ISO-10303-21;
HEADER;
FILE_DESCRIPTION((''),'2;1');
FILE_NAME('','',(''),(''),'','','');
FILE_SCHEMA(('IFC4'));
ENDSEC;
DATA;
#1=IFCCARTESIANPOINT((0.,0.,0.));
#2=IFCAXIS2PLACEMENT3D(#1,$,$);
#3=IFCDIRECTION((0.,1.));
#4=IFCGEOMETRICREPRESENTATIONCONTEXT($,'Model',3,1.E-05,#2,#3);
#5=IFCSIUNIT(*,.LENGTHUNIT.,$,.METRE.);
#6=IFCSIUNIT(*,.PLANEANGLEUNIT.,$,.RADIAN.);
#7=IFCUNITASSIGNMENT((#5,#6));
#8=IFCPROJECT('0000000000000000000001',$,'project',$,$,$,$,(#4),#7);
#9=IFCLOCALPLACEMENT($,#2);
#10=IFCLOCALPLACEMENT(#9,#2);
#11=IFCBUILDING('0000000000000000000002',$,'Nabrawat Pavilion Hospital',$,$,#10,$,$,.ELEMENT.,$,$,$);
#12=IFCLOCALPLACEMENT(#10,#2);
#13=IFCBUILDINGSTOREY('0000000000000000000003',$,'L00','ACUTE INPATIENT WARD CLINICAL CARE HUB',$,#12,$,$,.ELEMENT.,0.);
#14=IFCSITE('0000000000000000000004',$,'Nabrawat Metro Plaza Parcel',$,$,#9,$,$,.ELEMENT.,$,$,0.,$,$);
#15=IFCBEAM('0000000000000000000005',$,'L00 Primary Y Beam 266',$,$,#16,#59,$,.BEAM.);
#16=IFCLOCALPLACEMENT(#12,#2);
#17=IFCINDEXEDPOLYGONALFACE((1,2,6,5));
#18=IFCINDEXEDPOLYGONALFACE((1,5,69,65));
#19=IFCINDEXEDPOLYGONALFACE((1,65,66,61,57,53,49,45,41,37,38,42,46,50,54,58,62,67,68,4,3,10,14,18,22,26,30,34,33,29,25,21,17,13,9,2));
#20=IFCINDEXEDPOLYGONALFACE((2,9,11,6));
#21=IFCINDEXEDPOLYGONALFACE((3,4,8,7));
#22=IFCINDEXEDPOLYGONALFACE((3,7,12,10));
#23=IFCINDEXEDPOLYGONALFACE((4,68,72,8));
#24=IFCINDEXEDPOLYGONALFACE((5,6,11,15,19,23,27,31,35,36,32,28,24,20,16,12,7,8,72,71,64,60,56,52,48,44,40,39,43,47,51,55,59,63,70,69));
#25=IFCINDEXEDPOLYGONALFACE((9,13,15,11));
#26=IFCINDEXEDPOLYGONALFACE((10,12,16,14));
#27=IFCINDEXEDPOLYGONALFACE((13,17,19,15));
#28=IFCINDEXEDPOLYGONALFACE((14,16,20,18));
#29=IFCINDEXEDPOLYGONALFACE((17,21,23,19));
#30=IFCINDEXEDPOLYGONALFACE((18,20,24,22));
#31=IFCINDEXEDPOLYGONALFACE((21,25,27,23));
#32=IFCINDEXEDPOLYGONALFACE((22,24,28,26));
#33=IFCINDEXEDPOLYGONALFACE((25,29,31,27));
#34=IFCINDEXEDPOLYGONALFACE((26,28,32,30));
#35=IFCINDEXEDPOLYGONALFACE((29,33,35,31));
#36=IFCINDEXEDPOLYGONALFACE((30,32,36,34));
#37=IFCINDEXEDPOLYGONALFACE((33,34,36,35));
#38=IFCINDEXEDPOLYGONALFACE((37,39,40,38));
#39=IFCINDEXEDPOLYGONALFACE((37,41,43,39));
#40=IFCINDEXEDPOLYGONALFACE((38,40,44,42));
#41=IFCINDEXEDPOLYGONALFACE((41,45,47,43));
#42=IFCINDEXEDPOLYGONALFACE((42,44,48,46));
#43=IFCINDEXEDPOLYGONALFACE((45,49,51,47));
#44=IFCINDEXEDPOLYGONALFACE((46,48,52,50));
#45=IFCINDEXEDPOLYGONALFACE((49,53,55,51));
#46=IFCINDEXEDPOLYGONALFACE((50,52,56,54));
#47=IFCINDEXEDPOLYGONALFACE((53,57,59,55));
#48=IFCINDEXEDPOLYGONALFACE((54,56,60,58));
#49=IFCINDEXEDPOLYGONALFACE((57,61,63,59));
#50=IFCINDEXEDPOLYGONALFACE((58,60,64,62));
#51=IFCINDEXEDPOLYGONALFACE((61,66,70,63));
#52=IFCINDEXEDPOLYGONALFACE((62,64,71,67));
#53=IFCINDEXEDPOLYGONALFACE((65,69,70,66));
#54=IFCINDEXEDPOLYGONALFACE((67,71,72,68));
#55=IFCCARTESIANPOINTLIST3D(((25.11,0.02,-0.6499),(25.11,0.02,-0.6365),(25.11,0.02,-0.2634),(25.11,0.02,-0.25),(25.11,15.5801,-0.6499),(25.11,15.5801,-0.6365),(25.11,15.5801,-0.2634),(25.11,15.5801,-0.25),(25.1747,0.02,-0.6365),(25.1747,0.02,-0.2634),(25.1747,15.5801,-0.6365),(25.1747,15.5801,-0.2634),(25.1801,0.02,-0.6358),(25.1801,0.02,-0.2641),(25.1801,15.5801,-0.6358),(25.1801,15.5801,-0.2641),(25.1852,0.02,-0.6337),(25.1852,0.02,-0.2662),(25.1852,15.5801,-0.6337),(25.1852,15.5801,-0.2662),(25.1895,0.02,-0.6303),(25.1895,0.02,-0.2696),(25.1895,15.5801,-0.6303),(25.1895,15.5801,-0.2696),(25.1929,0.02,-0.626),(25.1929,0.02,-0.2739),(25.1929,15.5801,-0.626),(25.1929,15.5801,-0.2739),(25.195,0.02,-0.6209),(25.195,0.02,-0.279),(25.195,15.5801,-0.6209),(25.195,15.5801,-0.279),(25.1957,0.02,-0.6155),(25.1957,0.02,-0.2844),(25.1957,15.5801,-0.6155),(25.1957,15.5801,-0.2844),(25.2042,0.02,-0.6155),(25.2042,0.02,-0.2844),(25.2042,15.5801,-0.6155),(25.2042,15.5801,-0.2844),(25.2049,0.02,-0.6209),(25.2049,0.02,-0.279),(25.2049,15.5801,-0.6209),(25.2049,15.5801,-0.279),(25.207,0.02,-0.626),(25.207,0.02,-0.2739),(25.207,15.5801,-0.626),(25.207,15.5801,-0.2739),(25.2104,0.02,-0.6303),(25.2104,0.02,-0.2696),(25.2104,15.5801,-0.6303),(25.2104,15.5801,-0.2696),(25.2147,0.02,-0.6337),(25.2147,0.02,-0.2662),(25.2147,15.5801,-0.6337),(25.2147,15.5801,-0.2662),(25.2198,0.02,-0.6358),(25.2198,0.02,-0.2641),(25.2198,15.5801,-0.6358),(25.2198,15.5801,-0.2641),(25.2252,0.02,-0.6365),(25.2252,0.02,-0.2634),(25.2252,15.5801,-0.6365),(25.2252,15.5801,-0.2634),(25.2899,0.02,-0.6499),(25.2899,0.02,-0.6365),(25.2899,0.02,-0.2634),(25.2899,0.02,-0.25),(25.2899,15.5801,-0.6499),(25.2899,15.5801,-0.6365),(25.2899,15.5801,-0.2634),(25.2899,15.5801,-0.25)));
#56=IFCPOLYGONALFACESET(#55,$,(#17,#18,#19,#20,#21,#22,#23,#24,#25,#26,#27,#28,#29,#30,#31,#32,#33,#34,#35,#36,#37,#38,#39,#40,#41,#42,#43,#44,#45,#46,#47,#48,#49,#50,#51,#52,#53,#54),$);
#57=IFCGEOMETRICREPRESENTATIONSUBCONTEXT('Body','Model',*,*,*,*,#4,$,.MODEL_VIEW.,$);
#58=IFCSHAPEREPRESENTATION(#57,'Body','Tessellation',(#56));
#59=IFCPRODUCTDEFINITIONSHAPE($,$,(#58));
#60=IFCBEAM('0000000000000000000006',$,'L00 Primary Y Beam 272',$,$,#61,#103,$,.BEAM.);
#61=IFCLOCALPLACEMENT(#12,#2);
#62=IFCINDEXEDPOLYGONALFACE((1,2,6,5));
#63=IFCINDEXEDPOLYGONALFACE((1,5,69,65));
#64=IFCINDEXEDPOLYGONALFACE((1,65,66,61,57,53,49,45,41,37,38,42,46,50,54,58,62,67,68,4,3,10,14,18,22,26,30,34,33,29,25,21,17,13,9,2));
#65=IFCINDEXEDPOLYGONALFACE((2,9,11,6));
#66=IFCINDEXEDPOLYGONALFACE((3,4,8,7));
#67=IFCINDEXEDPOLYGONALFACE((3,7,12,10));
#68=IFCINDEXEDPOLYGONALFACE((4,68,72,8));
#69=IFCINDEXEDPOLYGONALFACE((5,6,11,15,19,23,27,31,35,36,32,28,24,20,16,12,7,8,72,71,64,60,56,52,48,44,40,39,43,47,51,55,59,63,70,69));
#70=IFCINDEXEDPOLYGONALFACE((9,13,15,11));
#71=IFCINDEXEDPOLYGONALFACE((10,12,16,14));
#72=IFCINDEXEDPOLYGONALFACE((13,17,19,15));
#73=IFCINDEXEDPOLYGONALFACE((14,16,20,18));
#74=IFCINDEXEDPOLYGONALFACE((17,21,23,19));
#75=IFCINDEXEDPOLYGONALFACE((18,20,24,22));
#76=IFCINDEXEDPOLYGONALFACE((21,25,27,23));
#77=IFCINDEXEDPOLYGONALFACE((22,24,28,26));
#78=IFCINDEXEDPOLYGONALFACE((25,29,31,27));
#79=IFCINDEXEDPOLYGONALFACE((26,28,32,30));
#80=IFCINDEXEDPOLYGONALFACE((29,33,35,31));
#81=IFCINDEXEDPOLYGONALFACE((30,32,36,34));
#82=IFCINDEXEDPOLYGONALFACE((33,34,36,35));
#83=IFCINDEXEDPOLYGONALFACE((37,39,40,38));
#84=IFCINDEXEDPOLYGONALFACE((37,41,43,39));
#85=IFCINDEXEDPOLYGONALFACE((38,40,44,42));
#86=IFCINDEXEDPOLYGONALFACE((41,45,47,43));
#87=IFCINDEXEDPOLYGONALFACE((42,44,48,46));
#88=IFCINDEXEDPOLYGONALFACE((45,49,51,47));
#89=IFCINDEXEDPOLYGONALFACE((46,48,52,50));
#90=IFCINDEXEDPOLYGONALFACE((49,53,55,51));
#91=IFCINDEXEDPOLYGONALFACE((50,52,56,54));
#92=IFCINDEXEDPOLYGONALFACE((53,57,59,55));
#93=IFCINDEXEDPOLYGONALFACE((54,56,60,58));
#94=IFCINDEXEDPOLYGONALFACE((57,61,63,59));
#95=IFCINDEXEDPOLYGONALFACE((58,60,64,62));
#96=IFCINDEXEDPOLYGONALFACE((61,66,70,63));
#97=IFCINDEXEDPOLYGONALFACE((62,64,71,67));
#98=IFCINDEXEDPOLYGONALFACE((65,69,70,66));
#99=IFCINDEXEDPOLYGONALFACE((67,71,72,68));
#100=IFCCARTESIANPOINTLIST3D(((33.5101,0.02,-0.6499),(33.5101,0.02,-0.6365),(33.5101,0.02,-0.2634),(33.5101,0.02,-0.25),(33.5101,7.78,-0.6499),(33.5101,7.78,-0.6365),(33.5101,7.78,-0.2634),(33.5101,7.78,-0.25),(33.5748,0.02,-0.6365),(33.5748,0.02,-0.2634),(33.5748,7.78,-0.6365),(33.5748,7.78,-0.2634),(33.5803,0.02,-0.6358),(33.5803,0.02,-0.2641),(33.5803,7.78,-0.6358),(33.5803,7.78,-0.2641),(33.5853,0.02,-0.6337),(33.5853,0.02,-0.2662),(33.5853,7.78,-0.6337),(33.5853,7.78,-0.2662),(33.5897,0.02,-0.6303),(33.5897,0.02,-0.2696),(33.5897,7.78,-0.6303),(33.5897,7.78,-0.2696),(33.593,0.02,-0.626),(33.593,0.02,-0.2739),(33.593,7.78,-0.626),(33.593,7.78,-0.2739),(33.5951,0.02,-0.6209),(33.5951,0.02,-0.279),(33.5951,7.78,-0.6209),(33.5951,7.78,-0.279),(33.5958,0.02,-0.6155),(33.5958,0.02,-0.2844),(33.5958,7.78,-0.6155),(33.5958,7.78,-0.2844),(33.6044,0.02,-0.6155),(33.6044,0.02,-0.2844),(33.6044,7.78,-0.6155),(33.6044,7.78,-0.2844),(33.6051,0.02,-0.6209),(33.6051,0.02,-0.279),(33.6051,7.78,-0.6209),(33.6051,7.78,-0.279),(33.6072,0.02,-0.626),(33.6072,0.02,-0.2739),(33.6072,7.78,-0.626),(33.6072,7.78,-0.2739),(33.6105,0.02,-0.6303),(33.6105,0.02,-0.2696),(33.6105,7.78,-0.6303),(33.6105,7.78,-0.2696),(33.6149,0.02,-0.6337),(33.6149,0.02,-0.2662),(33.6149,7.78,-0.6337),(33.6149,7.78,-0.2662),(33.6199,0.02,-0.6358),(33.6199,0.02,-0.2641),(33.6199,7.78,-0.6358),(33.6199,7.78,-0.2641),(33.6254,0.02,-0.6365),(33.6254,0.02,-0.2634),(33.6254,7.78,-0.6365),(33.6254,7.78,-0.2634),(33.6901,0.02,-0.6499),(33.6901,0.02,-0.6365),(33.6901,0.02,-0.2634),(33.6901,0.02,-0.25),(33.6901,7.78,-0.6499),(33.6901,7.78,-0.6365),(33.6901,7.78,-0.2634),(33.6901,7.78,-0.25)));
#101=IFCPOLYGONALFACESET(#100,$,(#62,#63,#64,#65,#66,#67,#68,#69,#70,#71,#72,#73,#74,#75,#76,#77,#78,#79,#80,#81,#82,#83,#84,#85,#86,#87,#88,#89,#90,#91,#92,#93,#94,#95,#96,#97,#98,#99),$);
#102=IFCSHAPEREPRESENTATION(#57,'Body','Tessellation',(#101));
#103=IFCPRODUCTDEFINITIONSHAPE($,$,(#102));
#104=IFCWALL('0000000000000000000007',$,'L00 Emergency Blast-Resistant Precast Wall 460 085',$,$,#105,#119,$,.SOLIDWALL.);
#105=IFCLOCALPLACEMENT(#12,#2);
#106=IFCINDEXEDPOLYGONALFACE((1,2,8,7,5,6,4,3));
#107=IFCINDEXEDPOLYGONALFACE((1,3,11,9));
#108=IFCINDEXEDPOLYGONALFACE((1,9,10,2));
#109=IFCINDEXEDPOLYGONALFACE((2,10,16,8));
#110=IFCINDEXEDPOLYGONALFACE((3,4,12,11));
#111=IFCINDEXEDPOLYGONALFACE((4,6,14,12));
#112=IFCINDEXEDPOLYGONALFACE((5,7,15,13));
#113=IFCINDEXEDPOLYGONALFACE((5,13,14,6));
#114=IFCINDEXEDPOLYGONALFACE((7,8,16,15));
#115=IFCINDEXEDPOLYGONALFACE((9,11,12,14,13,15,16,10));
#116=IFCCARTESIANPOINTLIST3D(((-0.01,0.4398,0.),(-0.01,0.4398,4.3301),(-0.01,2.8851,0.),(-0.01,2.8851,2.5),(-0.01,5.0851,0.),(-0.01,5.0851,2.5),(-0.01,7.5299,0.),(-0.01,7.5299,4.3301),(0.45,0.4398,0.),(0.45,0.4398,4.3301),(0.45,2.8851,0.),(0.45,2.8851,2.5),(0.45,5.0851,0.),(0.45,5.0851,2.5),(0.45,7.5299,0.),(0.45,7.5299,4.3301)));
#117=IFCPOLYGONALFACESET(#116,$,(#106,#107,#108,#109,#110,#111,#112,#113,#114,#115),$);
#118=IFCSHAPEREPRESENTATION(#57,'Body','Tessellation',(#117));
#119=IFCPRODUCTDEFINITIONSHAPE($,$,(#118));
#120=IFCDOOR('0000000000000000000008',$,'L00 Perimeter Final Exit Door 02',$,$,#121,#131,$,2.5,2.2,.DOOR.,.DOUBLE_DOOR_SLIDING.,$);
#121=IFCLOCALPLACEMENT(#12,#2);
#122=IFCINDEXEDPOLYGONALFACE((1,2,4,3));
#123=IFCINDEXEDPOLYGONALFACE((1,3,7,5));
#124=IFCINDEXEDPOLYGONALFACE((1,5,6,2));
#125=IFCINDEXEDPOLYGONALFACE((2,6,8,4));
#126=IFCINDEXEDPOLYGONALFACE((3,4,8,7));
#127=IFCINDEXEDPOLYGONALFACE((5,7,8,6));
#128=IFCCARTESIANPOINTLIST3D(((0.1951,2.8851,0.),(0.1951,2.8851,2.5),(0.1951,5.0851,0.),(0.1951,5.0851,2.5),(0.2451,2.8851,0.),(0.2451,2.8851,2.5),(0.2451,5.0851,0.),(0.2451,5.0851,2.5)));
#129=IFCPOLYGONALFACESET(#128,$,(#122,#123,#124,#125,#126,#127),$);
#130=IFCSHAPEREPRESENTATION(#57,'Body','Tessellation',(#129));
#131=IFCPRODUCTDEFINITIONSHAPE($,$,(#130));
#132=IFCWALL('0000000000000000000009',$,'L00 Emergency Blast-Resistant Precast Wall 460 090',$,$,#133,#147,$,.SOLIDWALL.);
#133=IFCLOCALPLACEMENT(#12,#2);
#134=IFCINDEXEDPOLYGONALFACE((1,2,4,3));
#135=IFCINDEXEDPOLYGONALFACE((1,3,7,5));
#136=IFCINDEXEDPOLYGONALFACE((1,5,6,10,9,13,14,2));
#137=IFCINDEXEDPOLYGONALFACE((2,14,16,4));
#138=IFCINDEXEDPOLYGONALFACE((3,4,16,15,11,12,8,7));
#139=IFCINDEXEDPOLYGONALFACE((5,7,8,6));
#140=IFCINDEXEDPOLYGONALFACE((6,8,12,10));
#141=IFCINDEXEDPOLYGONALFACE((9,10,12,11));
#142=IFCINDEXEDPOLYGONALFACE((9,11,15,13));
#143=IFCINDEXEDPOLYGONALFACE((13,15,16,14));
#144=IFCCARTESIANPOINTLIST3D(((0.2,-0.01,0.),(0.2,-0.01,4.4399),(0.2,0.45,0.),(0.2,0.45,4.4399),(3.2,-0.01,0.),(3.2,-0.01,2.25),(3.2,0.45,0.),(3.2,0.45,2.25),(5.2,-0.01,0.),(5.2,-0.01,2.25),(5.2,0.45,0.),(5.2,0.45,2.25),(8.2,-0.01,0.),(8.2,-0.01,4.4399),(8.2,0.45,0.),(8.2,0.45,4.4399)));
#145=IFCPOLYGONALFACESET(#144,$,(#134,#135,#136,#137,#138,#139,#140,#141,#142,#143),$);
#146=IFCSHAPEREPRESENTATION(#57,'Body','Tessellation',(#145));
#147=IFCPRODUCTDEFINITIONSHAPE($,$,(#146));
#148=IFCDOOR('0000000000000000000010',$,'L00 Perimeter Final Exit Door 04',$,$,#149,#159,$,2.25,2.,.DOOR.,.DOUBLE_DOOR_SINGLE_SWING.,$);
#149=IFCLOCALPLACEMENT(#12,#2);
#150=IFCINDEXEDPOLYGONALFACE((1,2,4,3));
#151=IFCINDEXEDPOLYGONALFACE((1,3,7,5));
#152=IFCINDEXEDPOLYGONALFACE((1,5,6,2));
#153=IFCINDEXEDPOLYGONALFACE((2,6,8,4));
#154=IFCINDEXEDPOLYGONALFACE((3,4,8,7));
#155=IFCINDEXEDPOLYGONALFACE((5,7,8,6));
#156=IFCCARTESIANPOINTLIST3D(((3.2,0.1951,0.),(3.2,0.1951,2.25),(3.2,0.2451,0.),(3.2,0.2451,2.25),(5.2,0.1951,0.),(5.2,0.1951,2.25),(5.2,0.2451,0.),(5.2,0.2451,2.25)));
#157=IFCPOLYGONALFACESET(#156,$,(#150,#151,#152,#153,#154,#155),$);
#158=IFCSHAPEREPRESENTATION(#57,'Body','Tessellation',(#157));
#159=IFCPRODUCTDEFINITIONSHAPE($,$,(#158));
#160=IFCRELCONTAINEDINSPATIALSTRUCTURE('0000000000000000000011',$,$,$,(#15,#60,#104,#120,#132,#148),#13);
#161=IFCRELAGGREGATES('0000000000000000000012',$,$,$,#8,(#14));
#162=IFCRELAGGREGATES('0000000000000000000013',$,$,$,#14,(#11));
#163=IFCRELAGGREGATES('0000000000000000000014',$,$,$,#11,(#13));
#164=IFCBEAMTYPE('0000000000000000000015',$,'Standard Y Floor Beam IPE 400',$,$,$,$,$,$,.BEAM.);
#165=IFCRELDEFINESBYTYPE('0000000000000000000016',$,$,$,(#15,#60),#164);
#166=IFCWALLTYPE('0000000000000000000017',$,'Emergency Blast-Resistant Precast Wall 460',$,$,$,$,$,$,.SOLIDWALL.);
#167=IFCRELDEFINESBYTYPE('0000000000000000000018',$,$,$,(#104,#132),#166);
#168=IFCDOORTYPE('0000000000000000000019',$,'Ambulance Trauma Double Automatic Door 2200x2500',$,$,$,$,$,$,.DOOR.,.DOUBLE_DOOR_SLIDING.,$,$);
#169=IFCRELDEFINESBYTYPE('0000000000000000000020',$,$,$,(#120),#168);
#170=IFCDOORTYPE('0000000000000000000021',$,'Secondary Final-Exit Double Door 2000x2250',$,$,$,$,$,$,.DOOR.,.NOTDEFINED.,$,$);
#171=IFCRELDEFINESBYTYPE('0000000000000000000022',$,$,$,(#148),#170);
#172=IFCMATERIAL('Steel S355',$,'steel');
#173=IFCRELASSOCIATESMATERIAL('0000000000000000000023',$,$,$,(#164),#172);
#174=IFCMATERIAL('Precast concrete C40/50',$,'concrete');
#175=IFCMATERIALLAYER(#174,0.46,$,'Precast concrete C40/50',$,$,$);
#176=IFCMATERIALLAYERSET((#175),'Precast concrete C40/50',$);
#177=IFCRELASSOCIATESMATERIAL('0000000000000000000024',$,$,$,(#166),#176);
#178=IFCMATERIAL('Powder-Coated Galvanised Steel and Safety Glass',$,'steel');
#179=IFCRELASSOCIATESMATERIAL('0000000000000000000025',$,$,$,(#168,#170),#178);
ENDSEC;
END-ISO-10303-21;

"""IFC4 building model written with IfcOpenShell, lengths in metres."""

from ifc_helpers import new_model, si_unit, direction, frame, frame_2d, origin, origin_2d, place, context, subcontext, project, spatial, rectangle, i_section, extrude, material, layer, layer_set, material_profile, profile_set, type_object, element, fill, save


model = new_model("IFC4")

# Units and contexts
model_context = context("Model", 3, precision=1e-05, world=origin(), true_north=direction((0.0, 1.0)))
body_context = subcontext(model_context, "Body", "Model", "MODEL_VIEW")
ifc_project = project(units=[si_unit("LENGTHUNIT", "METRE"), si_unit("PLANEANGLEUNIT", "RADIAN")], contexts=[model_context])

# Site, building, storey
site_placement = place(None, origin())
site = spatial("IfcSite", under=ifc_project, at=site_placement, Name="Nabrawat Metro Plaza Parcel", CompositionType="ELEMENT", RefElevation=0.0)
building_placement = place(site_placement, origin())
building = spatial("IfcBuilding", under=site, at=building_placement, Name="Nabrawat Pavilion Hospital", CompositionType="ELEMENT")
storey_placement = place(building_placement, origin())
storey = spatial("IfcBuildingStorey", under=building, at=storey_placement, Name="L00", Description="ACUTE INPATIENT WARD CLINICAL CARE HUB", CompositionType="ELEMENT", Elevation=0.0)

# Shared definitions
ifc_material_1 = material(Name="Steel S355", Category="steel")
ifc_material_2 = material(Name="Precast concrete C40/50", Category="concrete")

# Beams
ifc_material_profile_1 = material_profile(ifc_material_1, i_section(OverallWidth=0.1799, OverallDepth=0.3999, WebThickness=0.0085, FlangeThickness=0.0134, FilletRadius=0.021, at=origin_2d()), Name="IPE 400")
ifc_profile_set_1 = profile_set([ifc_material_profile_1], Name="Steel S355")
beam_type_1 = type_object("IfcBeamType", Name="Standard Y Floor Beam IPE 400", PredefinedType="BEAM", material=ifc_profile_set_1)
beam_1_placement = place(storey_placement, frame((25.2, 0.02, -0.45), z_axis=(0.0, 1.0, 0.0), x_axis=(-1.0, 0.0, 0.0)))
element("IfcBeam", 1, at=beam_1_placement, inside=storey, type_object=beam_type_1, Name="L00 Primary Y Beam 266", PredefinedType="BEAM", context=body_context, shape_type="SweptSolid", body=[
    extrude(i_section(OverallWidth=0.1799, OverallDepth=0.3999, WebThickness=0.0085, FlangeThickness=0.0134, FilletRadius=0.021, at=origin_2d()), origin(), (0.0, 0.0, 1.0), 15.5601),
])
beam_2_placement = place(storey_placement, frame((33.6001, 0.02, -0.45), z_axis=(0.0, 1.0, 0.0), x_axis=(-1.0, 0.0, 0.0)))
element("IfcBeam", 2, at=beam_2_placement, inside=storey, type_object=beam_type_1, Name="L00 Primary Y Beam 272", PredefinedType="BEAM", context=body_context, shape_type="SweptSolid", body=[
    extrude(i_section(OverallWidth=0.1799, OverallDepth=0.3999, WebThickness=0.0085, FlangeThickness=0.0134, FilletRadius=0.021, at=origin_2d()), origin(), (0.0, 0.0, 1.0), 7.76),
])

# Walls, openings, doors
ifc_layer_1 = layer(ifc_material_2, 0.46, Name="Precast concrete C40/50")
ifc_layer_set_1 = layer_set([ifc_layer_1], Name="Precast concrete C40/50")
wall_type_1 = type_object("IfcWallType", Name="Emergency Blast-Resistant Precast Wall 460", PredefinedType="SOLIDWALL", material=ifc_layer_set_1)
wall_1_placement = place(storey_placement, frame((0.22, 0.4399, 0.0), z_axis=(0.0, 0.0, 1.0), x_axis=(0.0, 1.0, 0.0)))
wall_1 = element("IfcWall", 3, at=wall_1_placement, inside=storey, type_object=wall_type_1, Name="L00 Emergency Blast-Resistant Precast Wall 460 085", PredefinedType="SOLIDWALL", context=body_context, shape_type="SweptSolid", body=[
    extrude(rectangle(XDim=7.0901, YDim=0.46, at=frame_2d((3.5449, 0.0))), origin(), (0.0, 0.0, 1.0), 4.3301),
])
opening_1_placement = place(wall_1_placement, frame((2.4451, 0.0, 0.0)))
opening_1 = element("IfcOpeningElement", 4, at=opening_1_placement, cuts=wall_1, PredefinedType="OPENING", context=body_context, shape_type="SweptSolid", body=[
    extrude(rectangle(XDim=2.2, YDim=2.5, at=frame_2d((1.1001, 1.25))), frame((0.0, 0.24, 0.0), z_axis=(0.0, -1.0, 0.0), x_axis=(1.0, 0.0, 0.0)), (0.0, 0.0, 1.0), 0.48),
])
ifc_material_3 = material(Name="Powder-Coated Galvanised Steel and Safety Glass", Category="steel")
door_type_1 = type_object("IfcDoorType", Name="Ambulance Trauma Double Automatic Door 2200x2500", OperationType="DOUBLE_DOOR_SLIDING", PredefinedType="DOOR", material=ifc_material_3)
door_1_placement = place(opening_1_placement, origin())
door_1 = element("IfcDoor", 5, at=door_1_placement, inside=storey, type_object=door_type_1, Name="L00 Perimeter Final Exit Door 02", OperationType="DOUBLE_DOOR_SLIDING", OverallHeight=2.5, OverallWidth=2.2, PredefinedType="DOOR", context=body_context, shape_type="SweptSolid", body=[
    extrude(rectangle(XDim=2.2, YDim=2.5, at=frame_2d((1.1001, 1.25))), frame((0.0, 0.0249, 0.0), z_axis=(0.0, -1.0, 0.0), x_axis=(1.0, 0.0, 0.0)), (0.0, 0.0, 1.0), 0.05),
])
fill(opening_1, door_1)
wall_2_placement = place(storey_placement, frame((0.2, 0.22, 0.0), z_axis=(0.0, 0.0, 1.0), x_axis=(1.0, 0.0, 0.0)))
wall_2 = element("IfcWall", 6, at=wall_2_placement, inside=storey, type_object=wall_type_1, Name="L00 Emergency Blast-Resistant Precast Wall 460 090", PredefinedType="SOLIDWALL", context=body_context, shape_type="SweptSolid", body=[
    extrude(rectangle(XDim=8.0, YDim=0.46, at=frame_2d((4.0, 0.0))), origin(), (0.0, 0.0, 1.0), 4.4399),
])
opening_2_placement = place(wall_2_placement, frame((3.0, 0.0, 0.0)))
opening_2 = element("IfcOpeningElement", 7, at=opening_2_placement, cuts=wall_2, PredefinedType="OPENING", context=body_context, shape_type="SweptSolid", body=[
    extrude(rectangle(XDim=2.0, YDim=2.25, at=frame_2d((1.0, 1.125))), frame((0.0, 0.24, 0.0), z_axis=(0.0, -1.0, 0.0), x_axis=(1.0, 0.0, 0.0)), (0.0, 0.0, 1.0), 0.48),
])
door_type_2 = type_object("IfcDoorType", Name="Secondary Final-Exit Double Door 2000x2250", OperationType="NOTDEFINED", PredefinedType="DOOR", material=ifc_material_3)
door_2_placement = place(opening_2_placement, frame((2.0, 0.0, 0.0), z_axis=(0.0, 0.0, 1.0), x_axis=(-1.0, 0.0, 0.0)))
door_2 = element("IfcDoor", 8, at=door_2_placement, inside=storey, type_object=door_type_2, Name="L00 Perimeter Final Exit Door 04", OperationType="DOUBLE_DOOR_SINGLE_SWING", OverallHeight=2.25, OverallWidth=2.0, PredefinedType="DOOR", context=body_context, shape_type="SweptSolid", body=[
    extrude(rectangle(XDim=2.0, YDim=2.25, at=frame_2d((1.0, 1.125))), frame((0.0, 0.0249, 0.0), z_axis=(0.0, -1.0, 0.0), x_axis=(1.0, 0.0, 0.0)), (0.0, 0.0, 1.0), 0.05),
])
fill(opening_2, door_2)

save(model, "model.ifc")
